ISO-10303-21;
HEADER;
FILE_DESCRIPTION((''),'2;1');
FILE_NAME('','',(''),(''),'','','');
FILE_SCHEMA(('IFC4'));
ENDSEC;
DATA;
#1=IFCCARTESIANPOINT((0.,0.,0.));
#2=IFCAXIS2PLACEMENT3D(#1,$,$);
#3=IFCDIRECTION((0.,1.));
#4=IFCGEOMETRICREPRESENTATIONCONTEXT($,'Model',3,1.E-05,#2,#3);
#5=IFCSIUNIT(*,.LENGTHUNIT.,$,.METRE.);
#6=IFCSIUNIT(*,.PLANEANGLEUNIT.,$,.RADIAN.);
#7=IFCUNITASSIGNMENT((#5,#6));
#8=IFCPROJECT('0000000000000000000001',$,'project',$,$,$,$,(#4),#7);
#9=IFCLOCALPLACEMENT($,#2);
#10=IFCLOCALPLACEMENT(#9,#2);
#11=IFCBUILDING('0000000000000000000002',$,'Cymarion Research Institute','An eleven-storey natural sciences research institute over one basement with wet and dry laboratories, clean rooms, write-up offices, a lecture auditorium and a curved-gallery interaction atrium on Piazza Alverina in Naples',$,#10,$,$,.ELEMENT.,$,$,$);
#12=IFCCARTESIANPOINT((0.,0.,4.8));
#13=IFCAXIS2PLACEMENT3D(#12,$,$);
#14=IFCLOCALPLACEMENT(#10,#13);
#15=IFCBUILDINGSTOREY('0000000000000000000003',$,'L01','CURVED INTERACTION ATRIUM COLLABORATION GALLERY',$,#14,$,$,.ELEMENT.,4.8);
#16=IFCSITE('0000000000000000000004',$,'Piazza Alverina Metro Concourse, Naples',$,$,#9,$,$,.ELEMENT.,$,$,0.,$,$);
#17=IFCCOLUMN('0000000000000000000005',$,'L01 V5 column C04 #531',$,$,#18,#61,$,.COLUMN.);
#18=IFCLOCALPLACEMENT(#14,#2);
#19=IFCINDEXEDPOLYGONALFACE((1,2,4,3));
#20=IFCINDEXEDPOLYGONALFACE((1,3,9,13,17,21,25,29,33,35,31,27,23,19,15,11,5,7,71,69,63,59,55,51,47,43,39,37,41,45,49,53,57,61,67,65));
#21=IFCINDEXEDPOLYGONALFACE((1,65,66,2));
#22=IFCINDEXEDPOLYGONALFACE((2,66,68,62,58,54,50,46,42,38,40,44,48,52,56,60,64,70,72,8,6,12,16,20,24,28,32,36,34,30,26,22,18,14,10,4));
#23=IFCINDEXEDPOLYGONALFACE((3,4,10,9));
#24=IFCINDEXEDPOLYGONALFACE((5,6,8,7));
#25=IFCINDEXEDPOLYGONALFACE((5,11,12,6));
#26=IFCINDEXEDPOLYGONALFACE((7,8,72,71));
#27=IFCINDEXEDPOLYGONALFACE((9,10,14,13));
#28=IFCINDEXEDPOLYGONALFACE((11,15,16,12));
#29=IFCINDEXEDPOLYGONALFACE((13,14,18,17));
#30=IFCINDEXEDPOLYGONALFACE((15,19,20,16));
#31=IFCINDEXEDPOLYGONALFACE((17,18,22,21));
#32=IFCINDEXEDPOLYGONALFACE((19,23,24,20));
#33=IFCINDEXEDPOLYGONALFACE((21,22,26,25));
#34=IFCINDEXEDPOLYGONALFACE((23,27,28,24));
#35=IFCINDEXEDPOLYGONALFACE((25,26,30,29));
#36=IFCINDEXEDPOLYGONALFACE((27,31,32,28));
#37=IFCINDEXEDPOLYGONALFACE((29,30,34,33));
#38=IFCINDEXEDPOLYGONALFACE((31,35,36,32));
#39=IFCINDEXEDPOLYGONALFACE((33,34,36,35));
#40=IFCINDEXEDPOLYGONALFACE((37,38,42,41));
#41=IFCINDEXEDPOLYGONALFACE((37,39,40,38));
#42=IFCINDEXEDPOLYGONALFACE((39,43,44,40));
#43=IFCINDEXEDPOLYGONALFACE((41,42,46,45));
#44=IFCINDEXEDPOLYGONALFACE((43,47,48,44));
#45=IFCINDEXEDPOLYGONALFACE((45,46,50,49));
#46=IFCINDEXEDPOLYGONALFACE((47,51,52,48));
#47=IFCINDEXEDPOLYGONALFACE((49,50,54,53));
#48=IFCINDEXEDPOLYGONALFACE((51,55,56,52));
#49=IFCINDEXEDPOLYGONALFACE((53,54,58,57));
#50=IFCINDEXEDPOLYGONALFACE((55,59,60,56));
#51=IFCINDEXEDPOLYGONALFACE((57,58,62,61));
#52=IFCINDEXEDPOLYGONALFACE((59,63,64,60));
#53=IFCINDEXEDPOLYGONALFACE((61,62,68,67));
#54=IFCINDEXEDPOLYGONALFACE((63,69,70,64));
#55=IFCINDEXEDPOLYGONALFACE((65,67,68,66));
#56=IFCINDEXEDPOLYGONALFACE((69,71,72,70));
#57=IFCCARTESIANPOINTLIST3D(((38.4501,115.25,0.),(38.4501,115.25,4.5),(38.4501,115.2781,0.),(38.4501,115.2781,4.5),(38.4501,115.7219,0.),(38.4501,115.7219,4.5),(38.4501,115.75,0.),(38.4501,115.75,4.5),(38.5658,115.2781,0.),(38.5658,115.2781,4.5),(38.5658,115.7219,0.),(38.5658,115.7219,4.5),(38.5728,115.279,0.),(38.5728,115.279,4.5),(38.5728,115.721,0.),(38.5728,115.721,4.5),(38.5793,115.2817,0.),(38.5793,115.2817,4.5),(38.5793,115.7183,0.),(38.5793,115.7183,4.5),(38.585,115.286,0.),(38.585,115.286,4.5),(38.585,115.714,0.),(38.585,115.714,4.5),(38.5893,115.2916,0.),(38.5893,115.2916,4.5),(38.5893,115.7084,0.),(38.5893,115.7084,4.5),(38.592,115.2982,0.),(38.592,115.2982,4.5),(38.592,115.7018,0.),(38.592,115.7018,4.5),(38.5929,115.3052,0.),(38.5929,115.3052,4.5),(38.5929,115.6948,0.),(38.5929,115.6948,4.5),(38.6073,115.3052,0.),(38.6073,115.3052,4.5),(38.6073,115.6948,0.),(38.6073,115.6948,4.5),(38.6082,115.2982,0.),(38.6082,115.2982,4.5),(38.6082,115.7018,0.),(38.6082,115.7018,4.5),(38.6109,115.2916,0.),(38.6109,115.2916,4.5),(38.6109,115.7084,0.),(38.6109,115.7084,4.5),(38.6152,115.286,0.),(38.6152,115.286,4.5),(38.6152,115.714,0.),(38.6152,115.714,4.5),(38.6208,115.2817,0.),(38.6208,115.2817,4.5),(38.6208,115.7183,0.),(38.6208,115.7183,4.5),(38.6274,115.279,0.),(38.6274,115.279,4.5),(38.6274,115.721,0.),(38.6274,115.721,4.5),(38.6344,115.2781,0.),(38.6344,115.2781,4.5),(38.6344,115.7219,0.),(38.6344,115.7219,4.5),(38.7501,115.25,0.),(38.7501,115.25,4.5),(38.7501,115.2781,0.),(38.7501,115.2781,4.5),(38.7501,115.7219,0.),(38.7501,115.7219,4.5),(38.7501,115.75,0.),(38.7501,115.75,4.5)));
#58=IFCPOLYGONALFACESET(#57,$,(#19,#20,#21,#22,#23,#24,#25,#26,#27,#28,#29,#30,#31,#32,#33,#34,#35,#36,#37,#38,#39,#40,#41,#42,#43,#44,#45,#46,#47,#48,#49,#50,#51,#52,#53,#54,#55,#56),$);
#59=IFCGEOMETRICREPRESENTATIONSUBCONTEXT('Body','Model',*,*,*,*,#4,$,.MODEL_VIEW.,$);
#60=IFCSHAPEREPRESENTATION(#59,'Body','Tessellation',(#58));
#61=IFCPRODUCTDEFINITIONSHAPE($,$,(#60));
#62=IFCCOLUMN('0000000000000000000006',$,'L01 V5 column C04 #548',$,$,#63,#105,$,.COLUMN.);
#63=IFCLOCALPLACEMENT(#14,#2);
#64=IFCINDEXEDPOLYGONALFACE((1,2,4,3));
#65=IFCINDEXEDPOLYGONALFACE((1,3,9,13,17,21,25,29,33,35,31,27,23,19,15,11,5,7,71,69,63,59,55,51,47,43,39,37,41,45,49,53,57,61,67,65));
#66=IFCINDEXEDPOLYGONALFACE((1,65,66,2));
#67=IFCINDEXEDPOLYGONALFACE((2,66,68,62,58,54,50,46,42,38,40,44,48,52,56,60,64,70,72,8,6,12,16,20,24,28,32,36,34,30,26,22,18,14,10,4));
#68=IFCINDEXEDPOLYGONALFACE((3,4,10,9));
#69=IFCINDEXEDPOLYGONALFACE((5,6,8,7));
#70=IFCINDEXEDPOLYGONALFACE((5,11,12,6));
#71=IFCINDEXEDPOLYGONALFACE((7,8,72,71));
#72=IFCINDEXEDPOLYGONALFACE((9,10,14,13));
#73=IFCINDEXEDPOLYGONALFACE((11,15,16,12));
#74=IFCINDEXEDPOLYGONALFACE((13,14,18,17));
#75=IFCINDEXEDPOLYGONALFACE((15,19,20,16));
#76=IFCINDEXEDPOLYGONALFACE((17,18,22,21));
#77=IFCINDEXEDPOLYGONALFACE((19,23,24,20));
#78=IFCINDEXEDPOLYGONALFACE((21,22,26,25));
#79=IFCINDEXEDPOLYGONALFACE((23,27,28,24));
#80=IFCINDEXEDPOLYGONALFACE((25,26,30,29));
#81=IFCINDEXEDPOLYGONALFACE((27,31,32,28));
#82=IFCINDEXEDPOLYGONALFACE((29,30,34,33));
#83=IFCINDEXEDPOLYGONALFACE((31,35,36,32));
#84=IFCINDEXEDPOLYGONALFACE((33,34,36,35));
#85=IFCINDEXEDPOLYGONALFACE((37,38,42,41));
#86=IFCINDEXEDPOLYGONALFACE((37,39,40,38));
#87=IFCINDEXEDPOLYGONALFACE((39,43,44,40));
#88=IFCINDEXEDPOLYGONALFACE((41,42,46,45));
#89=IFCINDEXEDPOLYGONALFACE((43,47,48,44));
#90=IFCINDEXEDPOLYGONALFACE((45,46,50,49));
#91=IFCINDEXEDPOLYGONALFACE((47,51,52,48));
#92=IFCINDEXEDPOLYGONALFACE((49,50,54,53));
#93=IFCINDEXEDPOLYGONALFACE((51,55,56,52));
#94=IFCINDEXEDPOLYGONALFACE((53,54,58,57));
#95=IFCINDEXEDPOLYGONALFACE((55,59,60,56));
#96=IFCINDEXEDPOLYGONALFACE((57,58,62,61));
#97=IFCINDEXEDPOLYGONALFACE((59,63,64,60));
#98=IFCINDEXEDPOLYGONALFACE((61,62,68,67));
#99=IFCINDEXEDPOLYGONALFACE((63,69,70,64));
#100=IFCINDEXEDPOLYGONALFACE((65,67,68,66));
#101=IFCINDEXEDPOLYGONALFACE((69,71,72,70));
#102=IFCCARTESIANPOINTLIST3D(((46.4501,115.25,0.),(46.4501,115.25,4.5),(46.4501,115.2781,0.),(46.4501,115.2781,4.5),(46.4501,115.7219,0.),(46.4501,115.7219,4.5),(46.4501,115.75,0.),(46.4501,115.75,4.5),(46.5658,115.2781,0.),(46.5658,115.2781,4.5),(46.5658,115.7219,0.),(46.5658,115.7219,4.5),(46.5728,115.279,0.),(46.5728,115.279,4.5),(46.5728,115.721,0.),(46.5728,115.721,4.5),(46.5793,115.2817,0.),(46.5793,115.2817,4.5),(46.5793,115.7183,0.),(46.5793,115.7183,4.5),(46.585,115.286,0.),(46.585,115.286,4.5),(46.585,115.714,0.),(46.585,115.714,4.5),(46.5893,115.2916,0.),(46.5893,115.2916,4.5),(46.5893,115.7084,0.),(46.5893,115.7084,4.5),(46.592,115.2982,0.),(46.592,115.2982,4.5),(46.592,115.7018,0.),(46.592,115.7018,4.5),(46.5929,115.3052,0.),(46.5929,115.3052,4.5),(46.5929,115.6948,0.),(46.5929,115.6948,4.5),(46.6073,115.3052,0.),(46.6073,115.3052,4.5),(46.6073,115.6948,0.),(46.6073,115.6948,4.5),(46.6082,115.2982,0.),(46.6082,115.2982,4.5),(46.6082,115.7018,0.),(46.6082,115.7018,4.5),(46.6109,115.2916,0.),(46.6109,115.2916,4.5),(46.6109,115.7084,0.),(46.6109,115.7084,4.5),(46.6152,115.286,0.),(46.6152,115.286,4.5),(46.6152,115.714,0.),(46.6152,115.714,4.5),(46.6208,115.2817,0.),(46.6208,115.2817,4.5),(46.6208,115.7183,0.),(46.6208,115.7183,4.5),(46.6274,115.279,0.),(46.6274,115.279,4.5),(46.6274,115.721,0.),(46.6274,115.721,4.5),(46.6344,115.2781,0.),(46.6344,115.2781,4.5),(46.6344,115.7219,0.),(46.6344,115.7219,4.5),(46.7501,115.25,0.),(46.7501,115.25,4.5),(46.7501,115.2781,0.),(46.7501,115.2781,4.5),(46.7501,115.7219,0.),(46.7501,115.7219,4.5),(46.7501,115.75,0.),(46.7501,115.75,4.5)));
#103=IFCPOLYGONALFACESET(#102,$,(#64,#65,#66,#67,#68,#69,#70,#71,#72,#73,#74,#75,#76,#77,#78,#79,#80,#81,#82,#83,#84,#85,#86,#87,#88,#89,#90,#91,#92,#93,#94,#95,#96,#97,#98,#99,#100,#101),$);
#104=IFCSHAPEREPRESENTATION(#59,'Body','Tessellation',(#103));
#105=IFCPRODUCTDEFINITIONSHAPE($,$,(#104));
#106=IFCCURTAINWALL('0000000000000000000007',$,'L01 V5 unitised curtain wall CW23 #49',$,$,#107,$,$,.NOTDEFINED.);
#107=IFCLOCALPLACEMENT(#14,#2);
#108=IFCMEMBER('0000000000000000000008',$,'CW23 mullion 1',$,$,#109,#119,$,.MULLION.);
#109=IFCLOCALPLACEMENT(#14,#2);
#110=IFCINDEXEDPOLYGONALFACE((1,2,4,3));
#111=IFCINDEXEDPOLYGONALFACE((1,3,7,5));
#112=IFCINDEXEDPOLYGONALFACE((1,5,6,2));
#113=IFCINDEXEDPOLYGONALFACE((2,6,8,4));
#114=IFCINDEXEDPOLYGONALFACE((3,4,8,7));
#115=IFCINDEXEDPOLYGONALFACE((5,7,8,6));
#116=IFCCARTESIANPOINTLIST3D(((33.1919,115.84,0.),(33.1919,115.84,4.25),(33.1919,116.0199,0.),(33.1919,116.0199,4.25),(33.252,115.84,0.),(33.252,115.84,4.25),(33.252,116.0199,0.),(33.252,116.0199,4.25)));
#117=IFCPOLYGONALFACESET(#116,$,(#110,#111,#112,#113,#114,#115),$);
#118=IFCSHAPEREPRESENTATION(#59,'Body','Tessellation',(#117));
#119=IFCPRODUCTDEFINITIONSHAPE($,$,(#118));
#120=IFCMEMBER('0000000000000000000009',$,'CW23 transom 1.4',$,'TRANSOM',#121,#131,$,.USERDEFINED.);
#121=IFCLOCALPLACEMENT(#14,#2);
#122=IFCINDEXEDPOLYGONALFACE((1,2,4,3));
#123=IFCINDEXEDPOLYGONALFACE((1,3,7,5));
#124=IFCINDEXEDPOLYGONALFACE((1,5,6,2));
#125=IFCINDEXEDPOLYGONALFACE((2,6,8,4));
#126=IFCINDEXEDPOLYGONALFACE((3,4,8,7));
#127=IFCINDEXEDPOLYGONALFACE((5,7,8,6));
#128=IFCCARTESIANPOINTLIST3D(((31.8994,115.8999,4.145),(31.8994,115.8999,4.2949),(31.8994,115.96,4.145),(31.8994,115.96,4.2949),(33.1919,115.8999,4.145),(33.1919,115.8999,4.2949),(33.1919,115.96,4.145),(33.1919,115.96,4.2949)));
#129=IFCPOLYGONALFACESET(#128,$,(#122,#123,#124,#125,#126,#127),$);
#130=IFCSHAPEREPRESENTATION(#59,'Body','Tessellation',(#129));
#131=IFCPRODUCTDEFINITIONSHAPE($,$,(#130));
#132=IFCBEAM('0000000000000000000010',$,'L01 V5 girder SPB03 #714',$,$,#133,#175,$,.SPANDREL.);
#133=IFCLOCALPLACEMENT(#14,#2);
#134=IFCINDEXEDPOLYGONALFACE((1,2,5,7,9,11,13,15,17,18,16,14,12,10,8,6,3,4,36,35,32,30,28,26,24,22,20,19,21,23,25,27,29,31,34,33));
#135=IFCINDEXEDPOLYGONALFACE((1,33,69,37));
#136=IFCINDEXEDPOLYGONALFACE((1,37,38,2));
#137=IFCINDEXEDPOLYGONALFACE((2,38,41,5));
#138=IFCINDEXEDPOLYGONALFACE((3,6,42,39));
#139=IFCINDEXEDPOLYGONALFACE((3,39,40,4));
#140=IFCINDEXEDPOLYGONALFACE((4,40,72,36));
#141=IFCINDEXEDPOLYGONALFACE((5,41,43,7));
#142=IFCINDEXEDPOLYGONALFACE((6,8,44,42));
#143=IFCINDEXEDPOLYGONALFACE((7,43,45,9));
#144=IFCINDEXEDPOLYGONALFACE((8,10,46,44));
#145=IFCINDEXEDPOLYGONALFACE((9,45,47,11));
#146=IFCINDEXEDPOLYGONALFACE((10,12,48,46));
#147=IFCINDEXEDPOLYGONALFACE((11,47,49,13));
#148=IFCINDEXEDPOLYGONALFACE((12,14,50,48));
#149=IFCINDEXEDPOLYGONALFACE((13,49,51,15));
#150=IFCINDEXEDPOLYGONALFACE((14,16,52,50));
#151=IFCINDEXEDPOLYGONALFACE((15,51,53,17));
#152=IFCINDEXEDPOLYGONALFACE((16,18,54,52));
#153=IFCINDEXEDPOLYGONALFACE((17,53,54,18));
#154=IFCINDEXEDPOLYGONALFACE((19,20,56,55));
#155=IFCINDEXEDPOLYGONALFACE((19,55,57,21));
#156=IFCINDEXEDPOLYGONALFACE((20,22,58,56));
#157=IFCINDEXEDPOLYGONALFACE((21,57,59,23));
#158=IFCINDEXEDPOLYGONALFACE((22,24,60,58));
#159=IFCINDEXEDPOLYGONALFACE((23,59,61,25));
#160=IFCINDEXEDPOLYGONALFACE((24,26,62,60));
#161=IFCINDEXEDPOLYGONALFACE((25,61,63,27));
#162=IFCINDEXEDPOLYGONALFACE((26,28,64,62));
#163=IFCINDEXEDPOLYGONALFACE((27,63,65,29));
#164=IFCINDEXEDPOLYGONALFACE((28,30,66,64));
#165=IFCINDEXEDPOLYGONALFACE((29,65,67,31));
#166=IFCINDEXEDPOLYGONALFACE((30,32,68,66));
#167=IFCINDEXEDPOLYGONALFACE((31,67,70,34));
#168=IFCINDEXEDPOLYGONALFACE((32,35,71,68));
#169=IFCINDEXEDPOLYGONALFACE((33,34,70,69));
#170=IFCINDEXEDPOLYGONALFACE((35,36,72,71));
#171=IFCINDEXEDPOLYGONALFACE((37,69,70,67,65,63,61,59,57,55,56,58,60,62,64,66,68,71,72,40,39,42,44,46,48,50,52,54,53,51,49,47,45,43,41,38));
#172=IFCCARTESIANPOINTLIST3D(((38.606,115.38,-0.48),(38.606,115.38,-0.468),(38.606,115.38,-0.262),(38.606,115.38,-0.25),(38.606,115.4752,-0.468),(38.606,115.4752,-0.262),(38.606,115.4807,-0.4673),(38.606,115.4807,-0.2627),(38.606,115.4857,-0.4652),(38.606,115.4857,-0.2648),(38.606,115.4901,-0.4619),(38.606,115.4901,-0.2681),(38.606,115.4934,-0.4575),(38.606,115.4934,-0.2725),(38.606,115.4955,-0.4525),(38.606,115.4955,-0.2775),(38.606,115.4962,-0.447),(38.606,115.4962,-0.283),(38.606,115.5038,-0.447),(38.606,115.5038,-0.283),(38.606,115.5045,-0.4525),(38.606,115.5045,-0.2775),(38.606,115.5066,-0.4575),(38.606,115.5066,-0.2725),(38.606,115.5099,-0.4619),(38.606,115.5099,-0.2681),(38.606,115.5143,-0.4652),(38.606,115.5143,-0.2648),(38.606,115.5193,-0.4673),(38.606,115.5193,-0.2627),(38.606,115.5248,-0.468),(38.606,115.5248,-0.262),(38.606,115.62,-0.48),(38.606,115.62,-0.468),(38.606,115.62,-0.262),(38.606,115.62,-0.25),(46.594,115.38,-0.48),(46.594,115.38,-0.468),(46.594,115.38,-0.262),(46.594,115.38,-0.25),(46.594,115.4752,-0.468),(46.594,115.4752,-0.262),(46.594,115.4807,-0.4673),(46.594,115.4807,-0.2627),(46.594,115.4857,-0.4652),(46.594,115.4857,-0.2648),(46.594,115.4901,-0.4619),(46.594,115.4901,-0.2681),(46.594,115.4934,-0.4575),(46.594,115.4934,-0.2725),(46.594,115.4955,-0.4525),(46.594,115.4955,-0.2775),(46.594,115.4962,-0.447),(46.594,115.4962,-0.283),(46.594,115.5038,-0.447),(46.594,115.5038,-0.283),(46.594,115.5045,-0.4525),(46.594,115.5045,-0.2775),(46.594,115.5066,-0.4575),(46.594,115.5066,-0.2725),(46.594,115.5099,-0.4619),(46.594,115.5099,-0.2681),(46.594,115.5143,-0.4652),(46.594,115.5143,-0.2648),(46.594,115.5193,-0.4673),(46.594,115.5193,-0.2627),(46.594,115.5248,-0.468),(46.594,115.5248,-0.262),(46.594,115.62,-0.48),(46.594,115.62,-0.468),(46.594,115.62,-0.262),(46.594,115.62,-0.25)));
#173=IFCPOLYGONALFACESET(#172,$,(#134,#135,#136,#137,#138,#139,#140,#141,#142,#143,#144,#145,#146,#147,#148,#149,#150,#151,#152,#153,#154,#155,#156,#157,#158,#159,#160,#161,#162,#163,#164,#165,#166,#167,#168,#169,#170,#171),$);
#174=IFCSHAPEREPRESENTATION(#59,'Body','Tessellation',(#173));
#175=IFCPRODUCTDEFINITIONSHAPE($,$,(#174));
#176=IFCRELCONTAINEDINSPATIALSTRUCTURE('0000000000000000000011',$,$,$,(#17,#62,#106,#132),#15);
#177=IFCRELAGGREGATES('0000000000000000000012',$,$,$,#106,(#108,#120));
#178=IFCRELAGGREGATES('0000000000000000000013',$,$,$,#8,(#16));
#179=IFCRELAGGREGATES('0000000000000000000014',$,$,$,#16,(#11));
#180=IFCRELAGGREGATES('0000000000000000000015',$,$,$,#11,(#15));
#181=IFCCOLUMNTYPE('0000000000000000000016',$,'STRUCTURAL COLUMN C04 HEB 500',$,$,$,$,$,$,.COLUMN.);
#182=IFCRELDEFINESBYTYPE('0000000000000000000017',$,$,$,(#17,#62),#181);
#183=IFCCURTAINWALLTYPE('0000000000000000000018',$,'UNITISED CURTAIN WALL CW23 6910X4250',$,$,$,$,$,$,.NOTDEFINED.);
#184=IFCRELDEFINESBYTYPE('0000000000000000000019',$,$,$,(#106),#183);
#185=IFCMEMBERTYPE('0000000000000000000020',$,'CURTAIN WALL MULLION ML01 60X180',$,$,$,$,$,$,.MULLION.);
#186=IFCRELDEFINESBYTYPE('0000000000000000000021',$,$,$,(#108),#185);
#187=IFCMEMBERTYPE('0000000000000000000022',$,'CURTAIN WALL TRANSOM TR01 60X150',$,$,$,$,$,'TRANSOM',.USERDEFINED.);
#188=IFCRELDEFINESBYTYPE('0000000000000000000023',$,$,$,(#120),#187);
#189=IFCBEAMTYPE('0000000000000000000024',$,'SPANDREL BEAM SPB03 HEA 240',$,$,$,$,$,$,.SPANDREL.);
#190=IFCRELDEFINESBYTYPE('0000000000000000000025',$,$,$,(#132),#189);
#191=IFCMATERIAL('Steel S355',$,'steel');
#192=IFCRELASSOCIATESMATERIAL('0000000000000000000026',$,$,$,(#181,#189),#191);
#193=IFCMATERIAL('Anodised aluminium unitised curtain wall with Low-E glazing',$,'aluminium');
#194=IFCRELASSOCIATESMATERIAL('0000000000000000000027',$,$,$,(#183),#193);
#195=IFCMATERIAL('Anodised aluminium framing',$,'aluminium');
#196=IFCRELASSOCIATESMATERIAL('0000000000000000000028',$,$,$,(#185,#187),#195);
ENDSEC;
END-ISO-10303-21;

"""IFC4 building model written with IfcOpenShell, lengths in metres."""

from ifc_helpers import new_model, si_unit, direction, frame, origin, origin_2d, place, context, subcontext, project, spatial, rectangle, i_section, extrude, material, material_profile, profile_set, type_object, element, aggregate, save


model = new_model("IFC4")

# Units and contexts
model_context = context("Model", 3, precision=1e-05, world=origin(), true_north=direction((0.0, 1.0)))
body_context = subcontext(model_context, "Body", "Model", "MODEL_VIEW")
ifc_project = project(units=[si_unit("LENGTHUNIT", "METRE"), si_unit("PLANEANGLEUNIT", "RADIAN")], contexts=[model_context])

# Site, building, storey
site_placement = place(None, origin())
site = spatial("IfcSite", under=ifc_project, at=site_placement, Name="Piazza Alverina Metro Concourse, Naples", CompositionType="ELEMENT", RefElevation=0.0)
building_placement = place(site_placement, origin())
building = spatial("IfcBuilding", under=site, at=building_placement, Name="Cymarion Research Institute", Description="An eleven-storey natural sciences research institute over one basement with wet and dry laboratories, clean rooms, write-up offices, a lecture auditorium and a curved-gallery interaction atrium on Piazza Alverina in Naples", CompositionType="ELEMENT")
storey_placement = place(building_placement, frame((0.0, 0.0, 4.8)))
storey = spatial("IfcBuildingStorey", under=building, at=storey_placement, Name="L01", Description="CURVED INTERACTION ATRIUM COLLABORATION GALLERY", CompositionType="ELEMENT", Elevation=4.8)

# Columns
ifc_material_1 = material(Name="Steel S355", Category="steel")
ifc_material_profile_1 = material_profile(ifc_material_1, i_section(OverallWidth=0.3, OverallDepth=0.5, WebThickness=0.0144, FlangeThickness=0.0281, FilletRadius=0.0271, at=origin_2d()), Name="HEB 500")
ifc_profile_set_1 = profile_set([ifc_material_profile_1], Name="Steel S355")
column_type = type_object("IfcColumnType", Name="STRUCTURAL COLUMN C04 HEB 500", PredefinedType="COLUMN", material=ifc_profile_set_1)
for number, where, z_axis, x_axis, name in (
    (1, (38.6001, 115.5, 0.0), (0.0, 0.0, 1.0), (1.0, 0.0, 0.0), "L01 V5 column C04 #531"),
    (2, (46.6001, 115.5, 0.0), (0.0, 0.0, 1.0), (1.0, 0.0, 0.0), "L01 V5 column C04 #548"),
):
    element("IfcColumn", number, at=place(storey_placement, frame(where, z_axis=z_axis, x_axis=x_axis)), inside=storey, type_object=column_type, Name=name, PredefinedType="COLUMN", context=body_context, shape_type="SweptSolid", body=[
        extrude(i_section(OverallWidth=0.3, OverallDepth=0.5, WebThickness=0.0144, FlangeThickness=0.0281, FilletRadius=0.0271, at=origin_2d()), origin(), (0.0, 0.0, 1.0), 4.5),
    ])

# Curtain wall, members
ifc_material_2 = material(Name="Anodised aluminium unitised curtain wall with Low-E glazing", Category="aluminium")
curtain_wall_type = type_object("IfcCurtainWallType", Name="UNITISED CURTAIN WALL CW23 6910X4250", PredefinedType="NOTDEFINED", material=ifc_material_2)
curtain_wall_placement = place(storey_placement, origin())
curtain_wall = element("IfcCurtainWall", 3, at=curtain_wall_placement, inside=storey, type_object=curtain_wall_type, Name="L01 V5 unitised curtain wall CW23 #49", PredefinedType="NOTDEFINED")
ifc_material_3 = material(Name="Anodised aluminium framing", Category="aluminium")
ifc_material_profile_2 = material_profile(ifc_material_3, rectangle(XDim=0.0601, YDim=0.1799, at=origin_2d()), Name="ALU MULLION 60x180")
ifc_profile_set_2 = profile_set([ifc_material_profile_2], Name="Anodised aluminium framing")
member_type_1 = type_object("IfcMemberType", Name="CURTAIN WALL MULLION ML01 60X180", PredefinedType="MULLION", material=ifc_profile_set_2)
member_1_placement = place(storey_placement, frame((33.2219, 115.9299, 0.0), z_axis=(0.0, 0.0, 1.0), x_axis=(-1.0, 0.0, 0.0)))
member_1 = element("IfcMember", 4, at=member_1_placement, type_object=member_type_1, Name="CW23 mullion 1", PredefinedType="MULLION", context=body_context, shape_type="SweptSolid", body=[
    extrude(rectangle(XDim=0.0601, YDim=0.1799, at=origin_2d()), origin(), (0.0, 0.0, 1.0), 4.25),
])
ifc_material_profile_3 = material_profile(ifc_material_3, rectangle(XDim=0.0601, YDim=0.1499, at=origin_2d()), Name="ALU TRANSOM 60x150")
ifc_profile_set_3 = profile_set([ifc_material_profile_3], Name="Anodised aluminium framing")
member_type_2 = type_object("IfcMemberType", Name="CURTAIN WALL TRANSOM TR01 60X150", ElementType="TRANSOM", PredefinedType="USERDEFINED", material=ifc_profile_set_3)
member_2_placement = place(storey_placement, frame((33.1919, 115.9299, 4.22), z_axis=(-1.0, 0.0, 0.0), x_axis=(0.0, -1.0, 0.0)))
member_2 = element("IfcMember", 5, at=member_2_placement, type_object=member_type_2, Name="CW23 transom 1.4", ObjectType="TRANSOM", PredefinedType="USERDEFINED", context=body_context, shape_type="SweptSolid", body=[
    extrude(rectangle(XDim=0.0601, YDim=0.1499, at=origin_2d()), origin(), (0.0, 0.0, 1.0), 1.2925),
])
aggregate(curtain_wall, [member_1, member_2])

# Beam
ifc_material_profile_4 = material_profile(ifc_material_1, i_section(OverallWidth=0.24, OverallDepth=0.23, WebThickness=0.0076, FlangeThickness=0.012, FilletRadius=0.021, at=origin_2d()), Name="HEA 240")
ifc_profile_set_4 = profile_set([ifc_material_profile_4], Name="Steel S355")
beam_type = type_object("IfcBeamType", Name="SPANDREL BEAM SPB03 HEA 240", PredefinedType="SPANDREL", material=ifc_profile_set_4)
beam_placement = place(storey_placement, frame((38.606, 115.5, -0.365), z_axis=(1.0, 0.0, 0.0), x_axis=(0.0, 1.0, 0.0)))
element("IfcBeam", 6, at=beam_placement, inside=storey, type_object=beam_type, Name="L01 V5 girder SPB03 #714", PredefinedType="SPANDREL", context=body_context, shape_type="SweptSolid", body=[
    extrude(i_section(OverallWidth=0.24, OverallDepth=0.23, WebThickness=0.0076, FlangeThickness=0.012, FilletRadius=0.021, at=origin_2d()), origin(), (0.0, 0.0, 1.0), 7.988),
])

save(model, "model.ifc")
